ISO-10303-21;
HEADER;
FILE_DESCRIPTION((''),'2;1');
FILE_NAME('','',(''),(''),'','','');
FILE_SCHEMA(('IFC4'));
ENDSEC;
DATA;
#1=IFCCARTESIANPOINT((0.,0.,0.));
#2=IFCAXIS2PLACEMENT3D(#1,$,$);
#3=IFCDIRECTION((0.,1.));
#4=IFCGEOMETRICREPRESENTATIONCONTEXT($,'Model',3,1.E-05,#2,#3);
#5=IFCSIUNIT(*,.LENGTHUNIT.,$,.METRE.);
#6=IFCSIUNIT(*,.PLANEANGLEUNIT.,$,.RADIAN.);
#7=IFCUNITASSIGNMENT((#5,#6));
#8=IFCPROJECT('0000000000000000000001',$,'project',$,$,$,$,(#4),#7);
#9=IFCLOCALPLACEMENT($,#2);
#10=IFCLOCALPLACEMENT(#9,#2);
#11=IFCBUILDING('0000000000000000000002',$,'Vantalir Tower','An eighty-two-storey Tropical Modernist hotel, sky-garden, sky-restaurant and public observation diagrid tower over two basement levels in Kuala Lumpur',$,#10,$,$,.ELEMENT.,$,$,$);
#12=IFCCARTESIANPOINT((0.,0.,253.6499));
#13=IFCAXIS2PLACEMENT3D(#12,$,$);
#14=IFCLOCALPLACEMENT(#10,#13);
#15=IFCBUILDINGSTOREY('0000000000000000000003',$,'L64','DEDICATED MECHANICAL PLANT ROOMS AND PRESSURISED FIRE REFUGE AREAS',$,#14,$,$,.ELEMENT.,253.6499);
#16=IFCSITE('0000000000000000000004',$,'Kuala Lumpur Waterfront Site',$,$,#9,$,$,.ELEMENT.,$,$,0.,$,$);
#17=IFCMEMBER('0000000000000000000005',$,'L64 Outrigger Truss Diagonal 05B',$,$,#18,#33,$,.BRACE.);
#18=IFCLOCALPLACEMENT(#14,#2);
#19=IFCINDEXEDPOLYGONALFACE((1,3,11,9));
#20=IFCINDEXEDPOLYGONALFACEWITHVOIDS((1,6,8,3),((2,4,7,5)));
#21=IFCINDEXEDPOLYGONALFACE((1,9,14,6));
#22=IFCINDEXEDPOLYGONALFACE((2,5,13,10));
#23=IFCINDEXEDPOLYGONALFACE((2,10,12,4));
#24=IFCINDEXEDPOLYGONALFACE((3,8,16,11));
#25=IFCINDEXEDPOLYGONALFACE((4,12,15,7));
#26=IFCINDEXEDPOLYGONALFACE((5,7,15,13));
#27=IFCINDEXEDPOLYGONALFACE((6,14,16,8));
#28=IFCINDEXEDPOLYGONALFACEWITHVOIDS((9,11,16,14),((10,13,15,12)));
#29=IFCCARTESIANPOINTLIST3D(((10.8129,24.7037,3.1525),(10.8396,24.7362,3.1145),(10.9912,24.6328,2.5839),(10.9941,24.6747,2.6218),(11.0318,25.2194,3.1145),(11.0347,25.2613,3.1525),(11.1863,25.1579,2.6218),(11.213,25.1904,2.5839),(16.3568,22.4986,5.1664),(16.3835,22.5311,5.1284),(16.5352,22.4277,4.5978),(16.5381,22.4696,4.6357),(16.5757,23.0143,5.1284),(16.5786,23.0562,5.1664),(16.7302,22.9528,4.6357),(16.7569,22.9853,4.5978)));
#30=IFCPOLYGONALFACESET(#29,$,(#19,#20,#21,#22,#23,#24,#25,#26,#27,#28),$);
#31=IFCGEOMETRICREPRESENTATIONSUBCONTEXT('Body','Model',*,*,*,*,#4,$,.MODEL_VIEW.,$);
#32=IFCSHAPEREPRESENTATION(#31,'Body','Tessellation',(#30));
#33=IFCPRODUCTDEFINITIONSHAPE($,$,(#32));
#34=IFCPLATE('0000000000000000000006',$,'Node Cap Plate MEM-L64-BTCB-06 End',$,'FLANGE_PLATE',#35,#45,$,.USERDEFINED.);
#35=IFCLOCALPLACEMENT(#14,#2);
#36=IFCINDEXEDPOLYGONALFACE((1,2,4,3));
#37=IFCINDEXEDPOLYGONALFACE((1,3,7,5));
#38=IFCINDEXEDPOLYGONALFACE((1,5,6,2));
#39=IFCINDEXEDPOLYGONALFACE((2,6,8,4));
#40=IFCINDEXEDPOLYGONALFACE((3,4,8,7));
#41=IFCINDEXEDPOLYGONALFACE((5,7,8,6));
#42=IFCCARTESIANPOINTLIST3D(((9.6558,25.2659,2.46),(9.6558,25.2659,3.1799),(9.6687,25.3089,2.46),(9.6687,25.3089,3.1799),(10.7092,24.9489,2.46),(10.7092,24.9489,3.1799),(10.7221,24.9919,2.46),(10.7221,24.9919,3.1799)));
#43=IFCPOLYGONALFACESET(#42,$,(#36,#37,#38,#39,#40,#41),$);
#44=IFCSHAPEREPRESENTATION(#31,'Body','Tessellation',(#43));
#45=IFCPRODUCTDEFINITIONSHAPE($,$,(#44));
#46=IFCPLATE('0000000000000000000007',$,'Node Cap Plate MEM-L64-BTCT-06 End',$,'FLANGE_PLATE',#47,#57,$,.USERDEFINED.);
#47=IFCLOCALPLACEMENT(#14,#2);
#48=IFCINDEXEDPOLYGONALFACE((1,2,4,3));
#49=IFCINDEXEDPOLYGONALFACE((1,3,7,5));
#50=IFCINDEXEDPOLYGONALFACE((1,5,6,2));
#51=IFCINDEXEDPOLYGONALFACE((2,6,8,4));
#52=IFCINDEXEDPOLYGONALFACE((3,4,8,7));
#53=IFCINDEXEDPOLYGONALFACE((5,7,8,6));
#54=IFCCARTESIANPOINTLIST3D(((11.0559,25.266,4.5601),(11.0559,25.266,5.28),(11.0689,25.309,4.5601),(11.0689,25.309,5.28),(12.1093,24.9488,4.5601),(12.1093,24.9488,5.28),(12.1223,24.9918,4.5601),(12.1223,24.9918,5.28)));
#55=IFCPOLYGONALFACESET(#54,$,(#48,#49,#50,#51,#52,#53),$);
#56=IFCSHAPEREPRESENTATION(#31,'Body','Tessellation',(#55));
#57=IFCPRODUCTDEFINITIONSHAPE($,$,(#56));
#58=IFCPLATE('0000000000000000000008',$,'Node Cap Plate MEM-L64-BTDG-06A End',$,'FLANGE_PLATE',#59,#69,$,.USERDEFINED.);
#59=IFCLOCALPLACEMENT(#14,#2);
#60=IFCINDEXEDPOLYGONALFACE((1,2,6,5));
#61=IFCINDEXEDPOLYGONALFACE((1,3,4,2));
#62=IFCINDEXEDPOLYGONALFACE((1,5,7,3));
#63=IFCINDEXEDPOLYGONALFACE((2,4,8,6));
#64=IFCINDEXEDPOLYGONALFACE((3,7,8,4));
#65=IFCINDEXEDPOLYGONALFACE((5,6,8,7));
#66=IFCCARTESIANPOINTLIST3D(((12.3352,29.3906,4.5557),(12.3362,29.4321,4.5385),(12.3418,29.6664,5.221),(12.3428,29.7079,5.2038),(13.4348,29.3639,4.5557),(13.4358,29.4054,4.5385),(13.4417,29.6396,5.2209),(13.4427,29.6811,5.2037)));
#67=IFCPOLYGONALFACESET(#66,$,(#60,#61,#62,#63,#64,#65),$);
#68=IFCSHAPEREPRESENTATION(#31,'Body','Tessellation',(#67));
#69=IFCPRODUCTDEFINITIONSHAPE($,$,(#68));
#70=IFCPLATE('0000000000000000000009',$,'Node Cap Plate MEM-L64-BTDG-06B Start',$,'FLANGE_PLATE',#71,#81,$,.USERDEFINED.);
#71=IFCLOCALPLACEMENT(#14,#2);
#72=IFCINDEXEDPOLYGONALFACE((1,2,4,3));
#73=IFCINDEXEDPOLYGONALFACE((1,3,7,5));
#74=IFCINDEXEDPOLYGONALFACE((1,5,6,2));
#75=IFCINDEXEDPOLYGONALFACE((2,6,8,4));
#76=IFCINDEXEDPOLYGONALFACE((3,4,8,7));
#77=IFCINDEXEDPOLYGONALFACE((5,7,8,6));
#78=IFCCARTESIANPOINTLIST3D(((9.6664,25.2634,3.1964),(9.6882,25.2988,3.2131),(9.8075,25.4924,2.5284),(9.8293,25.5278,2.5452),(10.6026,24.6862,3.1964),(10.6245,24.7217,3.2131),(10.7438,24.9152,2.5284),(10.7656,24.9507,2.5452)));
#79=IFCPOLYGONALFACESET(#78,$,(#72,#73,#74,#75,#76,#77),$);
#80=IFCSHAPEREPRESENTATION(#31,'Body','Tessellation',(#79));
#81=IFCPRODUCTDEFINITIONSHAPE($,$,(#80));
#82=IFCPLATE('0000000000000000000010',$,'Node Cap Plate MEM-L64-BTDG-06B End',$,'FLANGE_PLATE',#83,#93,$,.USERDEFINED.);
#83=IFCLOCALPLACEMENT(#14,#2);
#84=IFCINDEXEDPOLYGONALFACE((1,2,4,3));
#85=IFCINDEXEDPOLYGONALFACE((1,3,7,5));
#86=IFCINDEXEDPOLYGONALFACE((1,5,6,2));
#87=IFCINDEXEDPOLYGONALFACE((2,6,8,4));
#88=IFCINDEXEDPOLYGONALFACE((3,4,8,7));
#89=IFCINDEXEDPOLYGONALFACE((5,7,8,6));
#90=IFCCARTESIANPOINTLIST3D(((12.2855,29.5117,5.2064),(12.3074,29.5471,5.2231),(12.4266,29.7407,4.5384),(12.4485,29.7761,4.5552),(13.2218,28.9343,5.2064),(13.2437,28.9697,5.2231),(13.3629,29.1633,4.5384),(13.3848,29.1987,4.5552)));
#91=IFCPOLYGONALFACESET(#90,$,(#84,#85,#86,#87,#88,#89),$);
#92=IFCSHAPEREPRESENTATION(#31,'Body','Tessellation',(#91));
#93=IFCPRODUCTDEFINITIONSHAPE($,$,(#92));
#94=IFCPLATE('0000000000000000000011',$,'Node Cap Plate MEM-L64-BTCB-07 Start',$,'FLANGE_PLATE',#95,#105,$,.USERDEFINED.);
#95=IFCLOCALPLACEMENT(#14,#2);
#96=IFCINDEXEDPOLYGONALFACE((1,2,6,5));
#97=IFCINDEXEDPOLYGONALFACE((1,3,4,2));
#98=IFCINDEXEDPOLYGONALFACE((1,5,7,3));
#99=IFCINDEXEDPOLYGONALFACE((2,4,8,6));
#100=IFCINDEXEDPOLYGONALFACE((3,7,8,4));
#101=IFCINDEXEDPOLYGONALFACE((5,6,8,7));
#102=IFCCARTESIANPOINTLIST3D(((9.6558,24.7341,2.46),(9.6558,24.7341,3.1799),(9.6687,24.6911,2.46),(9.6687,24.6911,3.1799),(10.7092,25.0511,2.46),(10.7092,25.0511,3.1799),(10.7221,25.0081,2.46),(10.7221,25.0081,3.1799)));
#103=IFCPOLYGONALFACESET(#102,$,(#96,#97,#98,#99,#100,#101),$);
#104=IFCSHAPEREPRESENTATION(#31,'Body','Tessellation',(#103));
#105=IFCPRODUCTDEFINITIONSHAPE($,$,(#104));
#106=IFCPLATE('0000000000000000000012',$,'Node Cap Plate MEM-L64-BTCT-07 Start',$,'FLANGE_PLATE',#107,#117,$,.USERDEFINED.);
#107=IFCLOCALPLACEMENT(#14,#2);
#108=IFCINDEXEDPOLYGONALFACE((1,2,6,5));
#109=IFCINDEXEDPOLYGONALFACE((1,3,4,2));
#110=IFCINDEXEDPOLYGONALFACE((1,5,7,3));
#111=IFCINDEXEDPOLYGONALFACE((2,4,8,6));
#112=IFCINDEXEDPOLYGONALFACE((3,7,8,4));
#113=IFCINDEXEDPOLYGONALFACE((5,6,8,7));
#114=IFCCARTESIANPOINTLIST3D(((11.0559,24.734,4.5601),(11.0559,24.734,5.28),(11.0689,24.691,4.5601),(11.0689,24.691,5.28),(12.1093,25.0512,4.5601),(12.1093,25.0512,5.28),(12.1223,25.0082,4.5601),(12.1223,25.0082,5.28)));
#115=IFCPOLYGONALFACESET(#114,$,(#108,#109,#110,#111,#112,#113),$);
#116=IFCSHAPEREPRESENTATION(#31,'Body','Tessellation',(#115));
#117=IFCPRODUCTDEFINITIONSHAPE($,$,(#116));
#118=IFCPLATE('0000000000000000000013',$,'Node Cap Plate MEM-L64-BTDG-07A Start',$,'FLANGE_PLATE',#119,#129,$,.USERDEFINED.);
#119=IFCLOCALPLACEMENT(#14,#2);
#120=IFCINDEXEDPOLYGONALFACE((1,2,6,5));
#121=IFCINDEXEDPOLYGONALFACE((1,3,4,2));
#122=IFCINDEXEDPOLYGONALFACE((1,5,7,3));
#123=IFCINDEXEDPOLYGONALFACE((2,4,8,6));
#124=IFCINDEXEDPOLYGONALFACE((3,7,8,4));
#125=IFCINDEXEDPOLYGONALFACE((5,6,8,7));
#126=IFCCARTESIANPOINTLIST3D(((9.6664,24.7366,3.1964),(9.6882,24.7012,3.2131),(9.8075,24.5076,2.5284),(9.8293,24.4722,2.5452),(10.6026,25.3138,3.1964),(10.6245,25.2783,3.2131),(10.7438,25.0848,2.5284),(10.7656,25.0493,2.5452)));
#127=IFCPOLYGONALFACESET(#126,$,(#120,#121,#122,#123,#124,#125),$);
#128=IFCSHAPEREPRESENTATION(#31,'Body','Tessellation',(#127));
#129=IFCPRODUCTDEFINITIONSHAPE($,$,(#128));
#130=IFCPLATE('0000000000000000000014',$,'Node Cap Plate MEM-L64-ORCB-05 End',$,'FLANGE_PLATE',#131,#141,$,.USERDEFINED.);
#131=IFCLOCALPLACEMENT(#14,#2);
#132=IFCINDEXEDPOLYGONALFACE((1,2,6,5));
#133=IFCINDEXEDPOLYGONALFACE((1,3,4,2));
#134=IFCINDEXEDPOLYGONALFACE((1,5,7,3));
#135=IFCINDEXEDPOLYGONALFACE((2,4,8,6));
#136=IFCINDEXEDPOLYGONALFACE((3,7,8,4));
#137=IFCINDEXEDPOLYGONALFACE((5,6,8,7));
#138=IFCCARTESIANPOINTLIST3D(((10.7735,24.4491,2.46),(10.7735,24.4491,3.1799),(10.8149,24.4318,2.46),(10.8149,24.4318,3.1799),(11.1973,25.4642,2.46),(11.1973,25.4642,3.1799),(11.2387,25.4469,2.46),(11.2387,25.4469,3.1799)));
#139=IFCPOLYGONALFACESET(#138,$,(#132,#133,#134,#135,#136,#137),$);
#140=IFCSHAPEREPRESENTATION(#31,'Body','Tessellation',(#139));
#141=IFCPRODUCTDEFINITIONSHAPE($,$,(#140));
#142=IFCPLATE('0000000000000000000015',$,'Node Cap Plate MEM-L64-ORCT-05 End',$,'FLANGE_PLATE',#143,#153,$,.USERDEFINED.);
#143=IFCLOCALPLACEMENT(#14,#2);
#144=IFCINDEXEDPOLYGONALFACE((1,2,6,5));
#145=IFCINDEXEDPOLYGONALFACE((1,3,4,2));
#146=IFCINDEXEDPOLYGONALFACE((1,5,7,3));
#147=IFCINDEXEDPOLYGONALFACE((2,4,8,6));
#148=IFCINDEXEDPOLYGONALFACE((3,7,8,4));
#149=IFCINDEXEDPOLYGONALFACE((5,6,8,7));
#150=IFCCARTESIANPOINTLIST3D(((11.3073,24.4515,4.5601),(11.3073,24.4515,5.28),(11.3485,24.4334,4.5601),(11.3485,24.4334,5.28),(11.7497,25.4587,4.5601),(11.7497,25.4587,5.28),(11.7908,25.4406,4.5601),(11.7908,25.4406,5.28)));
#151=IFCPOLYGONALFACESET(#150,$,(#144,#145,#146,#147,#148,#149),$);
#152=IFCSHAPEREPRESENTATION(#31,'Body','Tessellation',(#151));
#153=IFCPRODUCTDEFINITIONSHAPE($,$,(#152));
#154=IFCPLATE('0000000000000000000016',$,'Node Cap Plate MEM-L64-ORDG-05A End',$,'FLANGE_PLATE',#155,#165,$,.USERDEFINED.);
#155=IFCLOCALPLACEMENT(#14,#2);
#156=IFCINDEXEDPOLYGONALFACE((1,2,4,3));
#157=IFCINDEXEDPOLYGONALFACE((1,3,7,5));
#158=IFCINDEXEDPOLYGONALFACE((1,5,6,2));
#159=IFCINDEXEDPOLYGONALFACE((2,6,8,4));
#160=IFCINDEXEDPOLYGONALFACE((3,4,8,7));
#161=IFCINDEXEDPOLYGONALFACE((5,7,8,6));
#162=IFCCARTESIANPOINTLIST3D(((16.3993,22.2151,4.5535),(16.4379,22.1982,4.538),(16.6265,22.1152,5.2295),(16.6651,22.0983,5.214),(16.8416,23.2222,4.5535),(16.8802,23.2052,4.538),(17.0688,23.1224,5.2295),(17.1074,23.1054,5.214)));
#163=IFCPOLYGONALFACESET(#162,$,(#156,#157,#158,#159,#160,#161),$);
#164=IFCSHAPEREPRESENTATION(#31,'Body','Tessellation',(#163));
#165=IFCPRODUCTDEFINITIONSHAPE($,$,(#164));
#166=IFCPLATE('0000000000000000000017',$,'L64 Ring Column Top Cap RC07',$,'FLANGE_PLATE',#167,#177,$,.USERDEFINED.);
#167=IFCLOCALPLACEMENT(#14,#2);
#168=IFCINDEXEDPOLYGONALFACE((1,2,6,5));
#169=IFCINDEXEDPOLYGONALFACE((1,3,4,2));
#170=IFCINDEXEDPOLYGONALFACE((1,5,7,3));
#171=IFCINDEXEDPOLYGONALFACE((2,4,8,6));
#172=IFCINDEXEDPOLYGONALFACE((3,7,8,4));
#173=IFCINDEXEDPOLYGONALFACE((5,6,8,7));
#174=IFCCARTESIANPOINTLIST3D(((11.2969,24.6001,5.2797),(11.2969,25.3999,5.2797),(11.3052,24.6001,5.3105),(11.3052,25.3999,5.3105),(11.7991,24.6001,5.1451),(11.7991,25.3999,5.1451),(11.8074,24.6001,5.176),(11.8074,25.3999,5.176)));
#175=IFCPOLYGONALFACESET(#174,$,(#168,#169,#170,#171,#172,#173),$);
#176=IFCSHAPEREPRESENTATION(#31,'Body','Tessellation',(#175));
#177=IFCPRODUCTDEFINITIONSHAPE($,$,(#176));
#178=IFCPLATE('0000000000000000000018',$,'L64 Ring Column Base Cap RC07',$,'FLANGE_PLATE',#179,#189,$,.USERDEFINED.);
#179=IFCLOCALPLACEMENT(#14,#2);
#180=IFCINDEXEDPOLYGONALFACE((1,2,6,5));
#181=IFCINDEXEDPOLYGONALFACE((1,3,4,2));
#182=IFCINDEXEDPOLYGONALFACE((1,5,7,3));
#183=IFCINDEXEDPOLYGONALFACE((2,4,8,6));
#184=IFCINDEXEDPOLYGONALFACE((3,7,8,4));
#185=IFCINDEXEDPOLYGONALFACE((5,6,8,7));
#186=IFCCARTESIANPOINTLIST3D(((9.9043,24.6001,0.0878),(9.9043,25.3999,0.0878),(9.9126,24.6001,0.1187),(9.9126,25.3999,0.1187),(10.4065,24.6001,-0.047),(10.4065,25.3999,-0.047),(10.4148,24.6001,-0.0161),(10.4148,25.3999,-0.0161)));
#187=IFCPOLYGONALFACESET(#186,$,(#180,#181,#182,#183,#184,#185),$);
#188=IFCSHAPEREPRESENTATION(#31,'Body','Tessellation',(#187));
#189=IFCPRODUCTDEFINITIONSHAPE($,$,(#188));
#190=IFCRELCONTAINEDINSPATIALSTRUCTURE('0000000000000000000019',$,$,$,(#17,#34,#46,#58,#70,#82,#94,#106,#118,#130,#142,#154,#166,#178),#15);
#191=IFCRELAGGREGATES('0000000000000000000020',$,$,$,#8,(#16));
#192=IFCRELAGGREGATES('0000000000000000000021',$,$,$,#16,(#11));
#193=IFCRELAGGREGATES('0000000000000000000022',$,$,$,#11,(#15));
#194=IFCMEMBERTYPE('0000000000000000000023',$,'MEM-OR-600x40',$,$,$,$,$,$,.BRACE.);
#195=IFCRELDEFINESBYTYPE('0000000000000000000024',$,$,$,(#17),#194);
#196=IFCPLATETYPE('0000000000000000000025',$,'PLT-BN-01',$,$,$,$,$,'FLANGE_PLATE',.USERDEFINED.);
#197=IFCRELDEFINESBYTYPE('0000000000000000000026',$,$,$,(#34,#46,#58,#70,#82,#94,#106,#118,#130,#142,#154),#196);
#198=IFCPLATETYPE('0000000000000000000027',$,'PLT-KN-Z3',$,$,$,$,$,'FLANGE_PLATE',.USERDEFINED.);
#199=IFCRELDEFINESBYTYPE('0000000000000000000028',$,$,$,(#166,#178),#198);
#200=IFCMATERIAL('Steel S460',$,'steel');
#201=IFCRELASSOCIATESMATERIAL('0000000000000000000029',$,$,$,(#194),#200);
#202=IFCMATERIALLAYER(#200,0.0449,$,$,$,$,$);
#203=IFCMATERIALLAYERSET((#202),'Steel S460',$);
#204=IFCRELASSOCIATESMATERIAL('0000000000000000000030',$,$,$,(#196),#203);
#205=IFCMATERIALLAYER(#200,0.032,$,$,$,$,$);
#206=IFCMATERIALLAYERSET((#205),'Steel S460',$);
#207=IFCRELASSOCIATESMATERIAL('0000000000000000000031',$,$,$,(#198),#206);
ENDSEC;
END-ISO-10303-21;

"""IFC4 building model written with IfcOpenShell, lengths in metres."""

from ifc_helpers import new_model, si_unit, direction, frame, origin, origin_2d, place, context, subcontext, project, spatial, polyline, rectangle, hollow_rectangle, outline, extrude, material, layer, layer_set, material_profile, profile_set, type_object, element, save


model = new_model("IFC4")

# Units and contexts
model_context = context("Model", 3, precision=1e-05, world=origin(), true_north=direction((0.0, 1.0)))
body_context = subcontext(model_context, "Body", "Model", "MODEL_VIEW")
ifc_project = project(units=[si_unit("LENGTHUNIT", "METRE"), si_unit("PLANEANGLEUNIT", "RADIAN")], contexts=[model_context])

# Site, building, storey
site_placement = place(None, origin())
site = spatial("IfcSite", under=ifc_project, at=site_placement, Name="Kuala Lumpur Waterfront Site", CompositionType="ELEMENT", RefElevation=0.0)
building_placement = place(site_placement, origin())
building = spatial("IfcBuilding", under=site, at=building_placement, Name="Vantalir Tower", Description="An eighty-two-storey Tropical Modernist hotel, sky-garden, sky-restaurant and public observation diagrid tower over two basement levels in Kuala Lumpur", CompositionType="ELEMENT")
storey_placement = place(building_placement, frame((0.0, 0.0, 253.6499)))
storey = spatial("IfcBuildingStorey", under=building, at=storey_placement, Name="L64", Description="DEDICATED MECHANICAL PLANT ROOMS AND PRESSURISED FIRE REFUGE AREAS", CompositionType="ELEMENT", Elevation=253.6499)

# Shared definitions
ifc_material_1 = material(Name="Steel S460", Category="steel")

# Member
ifc_material_profile_1 = material_profile(ifc_material_1, hollow_rectangle(XDim=0.6001, YDim=0.6001, WallThickness=0.04, at=origin_2d()), Name="Steel S460")
ifc_profile_set_1 = profile_set([ifc_material_profile_1], Name="Steel S460")
member_type_1 = type_object("IfcMemberType", Name="MEM-OR-600x40", PredefinedType="BRACE", material=ifc_profile_set_1)
member_1_placement = place(storey_placement, frame((16.5569, 22.7419, 4.8821), z_axis=(-0.880396, 0.350173, -0.319816), x_axis=(-0.369584, -0.929197, 0.0)))
element("IfcMember", 1, at=member_1_placement, inside=storey, type_object=member_type_1, Name="L64 Outrigger Truss Diagonal 05B", PredefinedType="BRACE", context=body_context, shape_type="SweptSolid", body=[
    extrude(hollow_rectangle(XDim=0.6001, YDim=0.6001, WallThickness=0.04, at=origin_2d()), origin(), (0.0, 0.0, 1.0), 6.2971),
])

# Plates
ifc_layer_1 = layer(ifc_material_1, 0.0449)
ifc_layer_set_1 = layer_set([ifc_layer_1], Name="Steel S460")
plate_type_1 = type_object("IfcPlateType", Name="PLT-BN-01", ElementType="FLANGE_PLATE", PredefinedType="USERDEFINED", material=ifc_layer_set_1)
for number, where, z_axis, x_axis, name in (
    (2, (10.189, 25.1289, 2.46), (0.0, 0.0, 1.0), (-0.288213, -0.957566, 0.0), "Node Cap Plate MEM-L64-BTCB-06 End"),
    (3, (11.5891, 25.1289, 4.5601), (0.0, 0.0, 1.0), (-0.28833, -0.957531, 0.0), "Node Cap Plate MEM-L64-BTCT-06 End"),
):
    element("IfcPlate", number, at=place(storey_placement, frame(where, z_axis=z_axis, x_axis=x_axis)), inside=storey, type_object=plate_type_1, Name=name, ObjectType="FLANGE_PLATE", PredefinedType="USERDEFINED", context=body_context, shape_type="SweptSolid", body=[
        extrude(rectangle(XDim=0.0449, YDim=1.1001, at=origin_2d()), origin(), (0.0, 0.0, 1.0), 0.72),
    ])
plate_1_placement = place(storey_placement, frame((12.3352, 29.3906, 4.5557), z_axis=(-0.022449, -0.923474, 0.383002), x_axis=(0.999705, -0.024286, 0.000038)))
element("IfcPlate", 4, at=plate_1_placement, inside=storey, type_object=plate_type_1, Name="Node Cap Plate MEM-L64-BTDG-06A End", ObjectType="FLANGE_PLATE", PredefinedType="USERDEFINED", context=body_context, shape_type="SweptSolid", body=[
    extrude(outline(polyline([(0.0, 0.0), (1.0999, 0.0), (1.1001, 0.7202), (-0.0001, 0.7202), (0.0, 0.0)])), origin(), (0.0, 0.0, -1.0), 0.0449),
])
plate_2_placement = place(storey_placement, frame((10.7656, 24.9507, 2.5452), z_axis=(0.486756, 0.78964, 0.373548), x_axis=(-0.851262, 0.524741, 0.0)))
element("IfcPlate", 5, at=plate_2_placement, inside=storey, type_object=plate_type_1, Name="Node Cap Plate MEM-L64-BTDG-06B Start", ObjectType="FLANGE_PLATE", PredefinedType="USERDEFINED", context=body_context, shape_type="SweptSolid", body=[
    extrude(outline(polyline([(0.0, 0.0), (1.0999, 0.0), (1.0998, 0.7201), (0.0, 0.7201), (0.0, 0.0)])), origin(), (0.0, 0.0, -1.0), 0.0449),
])
plate_3_placement = place(storey_placement, frame((13.3848, 29.1987, 4.5552), z_axis=(0.486905, 0.789548, 0.373548), x_axis=(-0.851163, 0.524902, 0.0)))
element("IfcPlate", 6, at=plate_3_placement, inside=storey, type_object=plate_type_1, Name="Node Cap Plate MEM-L64-BTDG-06B End", ObjectType="FLANGE_PLATE", PredefinedType="USERDEFINED", context=body_context, shape_type="SweptSolid", body=[
    extrude(outline(polyline([(0.0, 0.0), (1.1, 0.0), (1.0999, 0.7201), (-0.0001, 0.7201), (0.0, 0.0)])), origin(), (0.0, 0.0, -1.0), 0.0449),
])
for number, where, z_axis, x_axis, name in (
    (7, (10.189, 24.8711, 2.46), (0.0, 0.0, 1.0), (0.288213, -0.957566, 0.0), "Node Cap Plate MEM-L64-BTCB-07 Start"),
    (8, (11.5891, 24.8711, 4.5601), (0.0, 0.0, 1.0), (0.28833, -0.957531, 0.0), "Node Cap Plate MEM-L64-BTCT-07 Start"),
):
    element("IfcPlate", number, at=place(storey_placement, frame(where, z_axis=z_axis, x_axis=x_axis)), inside=storey, type_object=plate_type_1, Name=name, ObjectType="FLANGE_PLATE", PredefinedType="USERDEFINED", context=body_context, shape_type="SweptSolid", body=[
        extrude(rectangle(XDim=0.0449, YDim=1.1001, at=origin_2d()), origin(), (0.0, 0.0, 1.0), 0.72),
    ])
plate_4_placement = place(storey_placement, frame((9.8293, 24.4722, 2.5452), z_axis=(0.486756, -0.78964, 0.373548), x_axis=(0.851262, 0.524741, 0.0)))
element("IfcPlate", 9, at=plate_4_placement, inside=storey, type_object=plate_type_1, Name="Node Cap Plate MEM-L64-BTDG-07A Start", ObjectType="FLANGE_PLATE", PredefinedType="USERDEFINED", context=body_context, shape_type="SweptSolid", body=[
    extrude(outline(polyline([(0.0, 0.0), (1.0999, 0.0), (1.0999, 0.7201), (0.0, 0.7201), (0.0, 0.0)])), origin(), (0.0, 0.0, -1.0), 0.0449),
])
for number, where, z_axis, x_axis, name in (
    (10, (11.0061, 24.948, 2.46), (0.0, 0.0, 1.0), (-0.922814, 0.385246, 0.0), "Node Cap Plate MEM-L64-ORCB-05 End"),
    (11, (11.5491, 24.946, 4.5601), (0.0, 0.0, 1.0), (-0.915599, 0.402092, 0.0), "Node Cap Plate MEM-L64-ORCT-05 End"),
):
    element("IfcPlate", number, at=place(storey_placement, frame(where, z_axis=z_axis, x_axis=x_axis)), inside=storey, type_object=plate_type_1, Name=name, ObjectType="FLANGE_PLATE", PredefinedType="USERDEFINED", context=body_context, shape_type="SweptSolid", body=[
        extrude(rectangle(XDim=0.0449, YDim=1.1001, at=origin_2d()), origin(), (0.0, 0.0, 1.0), 0.72),
    ])
plate_5_placement = place(storey_placement, frame((16.8416, 23.2222, 4.5535), z_axis=(-0.859524, 0.377461, 0.34459), x_axis=(-0.402077, -0.915606, 0.000033)))
element("IfcPlate", 12, at=plate_5_placement, inside=storey, type_object=plate_type_1, Name="Node Cap Plate MEM-L64-ORDG-05A End", ObjectType="FLANGE_PLATE", PredefinedType="USERDEFINED", context=body_context, shape_type="SweptSolid", body=[
    extrude(outline(polyline([(0.0, 0.0), (1.0999, 0.0), (1.1, 0.7201), (0.0001, 0.7202), (0.0, 0.0)])), origin(), (0.0, 0.0, -1.0), 0.0449),
])
ifc_layer_2 = layer(ifc_material_1, 0.032)
ifc_layer_set_2 = layer_set([ifc_layer_2], Name="Steel S460")
plate_type_2 = type_object("IfcPlateType", Name="PLT-KN-Z3", ElementType="FLANGE_PLATE", PredefinedType="USERDEFINED", material=ifc_layer_set_2)
plate_6_placement = place(storey_placement, frame((11.3052, 25.3999, 5.3105), z_axis=(0.258744, 0.0, 0.965946), x_axis=(0.0, -1.0, 0.0)))
element("IfcPlate", 13, at=plate_6_placement, inside=storey, type_object=plate_type_2, Name="L64 Ring Column Top Cap RC07", ObjectType="FLANGE_PLATE", PredefinedType="USERDEFINED", context=body_context, shape_type="SweptSolid", body=[
    extrude(outline(polyline([(0.0, 0.0), (0.7998, 0.0), (0.7998, 0.5199), (0.0, 0.5199), (0.0, 0.0)])), origin(), (0.0, 0.0, -1.0), 0.032),
])
plate_7_placement = place(storey_placement, frame((9.9126, 25.3999, 0.1187), z_axis=(0.259182, 0.0, 0.965829), x_axis=(0.0, -1.0, 0.0)))
element("IfcPlate", 14, at=plate_7_placement, inside=storey, type_object=plate_type_2, Name="L64 Ring Column Base Cap RC07", ObjectType="FLANGE_PLATE", PredefinedType="USERDEFINED", context=body_context, shape_type="SweptSolid", body=[
    extrude(outline(polyline([(0.0, 0.0), (0.7998, 0.0), (0.7998, 0.52), (0.0, 0.52), (0.0, 0.0)])), origin(), (0.0, 0.0, -1.0), 0.032),
])

save(model, "model.ifc")
